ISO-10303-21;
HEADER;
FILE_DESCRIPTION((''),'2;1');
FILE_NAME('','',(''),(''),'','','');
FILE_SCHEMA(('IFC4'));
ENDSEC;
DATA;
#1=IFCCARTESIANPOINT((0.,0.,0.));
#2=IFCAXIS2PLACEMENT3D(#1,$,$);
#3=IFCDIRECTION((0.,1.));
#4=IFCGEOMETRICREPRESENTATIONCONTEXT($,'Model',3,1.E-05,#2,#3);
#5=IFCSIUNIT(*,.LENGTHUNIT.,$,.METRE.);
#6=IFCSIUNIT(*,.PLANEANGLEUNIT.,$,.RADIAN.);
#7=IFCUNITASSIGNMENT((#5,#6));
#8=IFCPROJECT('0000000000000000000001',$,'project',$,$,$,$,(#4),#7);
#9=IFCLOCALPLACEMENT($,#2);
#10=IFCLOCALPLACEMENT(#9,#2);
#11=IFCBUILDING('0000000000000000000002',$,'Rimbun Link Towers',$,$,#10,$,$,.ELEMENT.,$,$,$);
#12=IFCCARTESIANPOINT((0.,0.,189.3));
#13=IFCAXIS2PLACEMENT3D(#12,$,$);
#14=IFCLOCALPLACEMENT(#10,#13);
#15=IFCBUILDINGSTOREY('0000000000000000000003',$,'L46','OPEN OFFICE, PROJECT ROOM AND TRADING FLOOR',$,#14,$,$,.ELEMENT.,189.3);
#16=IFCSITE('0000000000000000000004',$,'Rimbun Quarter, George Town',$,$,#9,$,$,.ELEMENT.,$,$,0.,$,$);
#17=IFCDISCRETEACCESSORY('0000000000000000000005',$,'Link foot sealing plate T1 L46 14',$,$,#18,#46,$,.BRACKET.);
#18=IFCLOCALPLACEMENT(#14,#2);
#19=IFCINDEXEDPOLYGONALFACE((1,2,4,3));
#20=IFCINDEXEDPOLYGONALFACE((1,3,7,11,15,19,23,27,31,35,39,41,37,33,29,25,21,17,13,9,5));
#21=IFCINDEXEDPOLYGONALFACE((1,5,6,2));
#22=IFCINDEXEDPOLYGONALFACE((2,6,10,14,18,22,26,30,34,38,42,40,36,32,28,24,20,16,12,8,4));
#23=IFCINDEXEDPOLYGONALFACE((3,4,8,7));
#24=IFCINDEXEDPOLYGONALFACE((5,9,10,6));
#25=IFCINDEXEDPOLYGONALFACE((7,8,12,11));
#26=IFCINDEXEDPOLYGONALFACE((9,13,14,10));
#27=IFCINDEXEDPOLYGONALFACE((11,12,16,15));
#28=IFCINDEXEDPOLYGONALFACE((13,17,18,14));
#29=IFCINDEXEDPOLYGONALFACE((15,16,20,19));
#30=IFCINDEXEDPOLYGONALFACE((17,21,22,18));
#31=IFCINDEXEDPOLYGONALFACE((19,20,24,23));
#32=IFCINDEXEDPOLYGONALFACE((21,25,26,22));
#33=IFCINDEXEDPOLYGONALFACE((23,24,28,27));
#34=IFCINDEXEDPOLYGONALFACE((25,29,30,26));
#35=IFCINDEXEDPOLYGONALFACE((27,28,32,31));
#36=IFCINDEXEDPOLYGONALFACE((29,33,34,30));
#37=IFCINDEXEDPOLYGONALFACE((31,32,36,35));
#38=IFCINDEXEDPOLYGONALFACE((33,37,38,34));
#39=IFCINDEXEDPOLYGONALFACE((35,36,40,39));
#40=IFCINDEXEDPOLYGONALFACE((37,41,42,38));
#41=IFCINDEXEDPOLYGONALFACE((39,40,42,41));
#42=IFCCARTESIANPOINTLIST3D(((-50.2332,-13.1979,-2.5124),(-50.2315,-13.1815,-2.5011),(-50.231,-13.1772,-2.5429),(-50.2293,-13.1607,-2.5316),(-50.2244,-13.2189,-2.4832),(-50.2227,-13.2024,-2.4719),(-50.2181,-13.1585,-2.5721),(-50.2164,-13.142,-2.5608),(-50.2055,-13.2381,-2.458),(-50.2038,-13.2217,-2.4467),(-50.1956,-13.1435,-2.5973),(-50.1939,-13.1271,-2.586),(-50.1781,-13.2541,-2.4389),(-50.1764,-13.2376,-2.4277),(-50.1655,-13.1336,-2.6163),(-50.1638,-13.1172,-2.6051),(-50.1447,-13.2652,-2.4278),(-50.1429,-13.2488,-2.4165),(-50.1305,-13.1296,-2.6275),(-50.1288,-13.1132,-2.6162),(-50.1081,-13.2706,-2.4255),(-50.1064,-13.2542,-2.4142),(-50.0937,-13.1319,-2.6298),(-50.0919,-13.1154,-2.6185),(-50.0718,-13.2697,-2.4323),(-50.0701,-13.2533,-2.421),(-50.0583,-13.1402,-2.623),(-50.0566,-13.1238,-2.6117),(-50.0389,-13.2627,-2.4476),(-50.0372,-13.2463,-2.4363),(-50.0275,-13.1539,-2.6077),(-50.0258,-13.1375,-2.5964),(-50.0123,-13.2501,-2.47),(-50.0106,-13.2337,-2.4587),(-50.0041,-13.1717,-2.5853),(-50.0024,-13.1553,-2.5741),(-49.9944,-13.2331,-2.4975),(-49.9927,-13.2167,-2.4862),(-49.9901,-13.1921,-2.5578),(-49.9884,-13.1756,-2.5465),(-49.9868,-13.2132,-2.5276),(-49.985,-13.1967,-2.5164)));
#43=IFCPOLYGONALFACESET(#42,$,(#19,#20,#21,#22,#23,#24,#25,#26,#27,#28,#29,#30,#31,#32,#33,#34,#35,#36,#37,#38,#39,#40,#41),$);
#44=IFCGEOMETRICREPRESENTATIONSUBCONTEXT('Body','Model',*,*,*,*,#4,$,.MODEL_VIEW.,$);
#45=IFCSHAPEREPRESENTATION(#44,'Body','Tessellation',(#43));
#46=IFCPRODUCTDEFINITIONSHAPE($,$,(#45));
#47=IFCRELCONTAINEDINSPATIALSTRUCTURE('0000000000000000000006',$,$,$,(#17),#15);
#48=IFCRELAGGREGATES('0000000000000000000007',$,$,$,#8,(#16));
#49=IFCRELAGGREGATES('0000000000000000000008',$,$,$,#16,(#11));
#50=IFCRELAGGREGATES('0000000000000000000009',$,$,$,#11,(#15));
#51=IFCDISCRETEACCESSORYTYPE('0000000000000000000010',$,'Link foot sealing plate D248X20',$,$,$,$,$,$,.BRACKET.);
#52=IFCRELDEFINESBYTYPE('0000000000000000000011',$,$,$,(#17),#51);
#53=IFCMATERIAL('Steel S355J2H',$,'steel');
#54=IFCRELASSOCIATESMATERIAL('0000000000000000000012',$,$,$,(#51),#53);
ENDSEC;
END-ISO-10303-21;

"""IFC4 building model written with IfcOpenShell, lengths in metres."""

from ifc_helpers import new_model, si_unit, direction, frame, origin, origin_2d, place, context, subcontext, project, spatial, circle, extrude, material, material_profile, profile_set, type_object, element, save


model = new_model("IFC4")

# Units and contexts
model_context = context("Model", 3, precision=1e-05, world=origin(), true_north=direction((0.0, 1.0)))
body_context = subcontext(model_context, "Body", "Model", "MODEL_VIEW")
ifc_project = project(units=[si_unit("LENGTHUNIT", "METRE"), si_unit("PLANEANGLEUNIT", "RADIAN")], contexts=[model_context])

# Site, building, storey
site_placement = place(None, origin())
site = spatial("IfcSite", under=ifc_project, at=site_placement, Name="Rimbun Quarter, George Town", CompositionType="ELEMENT", RefElevation=0.0)
building_placement = place(site_placement, origin())
building = spatial("IfcBuilding", under=site, at=building_placement, Name="Rimbun Link Towers", CompositionType="ELEMENT")
storey_placement = place(building_placement, frame((0.0, 0.0, 189.3)))
storey = spatial("IfcBuildingStorey", under=building, at=storey_placement, Name="L46", Description="OPEN OFFICE, PROJECT ROOM AND TRADING FLOOR", CompositionType="ELEMENT", Elevation=189.3)

# Discrete accessory
ifc_material_1 = material(Name="Steel S355J2H", Category="steel")
ifc_material_profile_1 = material_profile(ifc_material_1, circle(Radius=0.124, at=origin_2d()), Name="PL D248")
ifc_profile_set_1 = profile_set([ifc_material_profile_1], Name="Steel S355J2H")
discrete_accessory_type = type_object("IfcDiscreteAccessoryType", Name="Link foot sealing plate D248X20", PredefinedType="BRACKET", material=ifc_profile_set_1)
discrete_accessory_placement = place(storey_placement, frame((-50.1084, -13.1838, -2.5164), z_axis=(-0.085814, -0.82136, -0.563919), x_axis=(0.994586, -0.103912, 0.0)))
element("IfcDiscreteAccessory", 1, at=discrete_accessory_placement, inside=storey, type_object=discrete_accessory_type, Name="Link foot sealing plate T1 L46 14", PredefinedType="BRACKET", context=body_context, shape_type="SweptSolid", body=[
    extrude(circle(Radius=0.124, at=origin_2d()), origin(), (0.0, 0.0, 1.0), 0.02),
])

save(model, "model.ifc")
